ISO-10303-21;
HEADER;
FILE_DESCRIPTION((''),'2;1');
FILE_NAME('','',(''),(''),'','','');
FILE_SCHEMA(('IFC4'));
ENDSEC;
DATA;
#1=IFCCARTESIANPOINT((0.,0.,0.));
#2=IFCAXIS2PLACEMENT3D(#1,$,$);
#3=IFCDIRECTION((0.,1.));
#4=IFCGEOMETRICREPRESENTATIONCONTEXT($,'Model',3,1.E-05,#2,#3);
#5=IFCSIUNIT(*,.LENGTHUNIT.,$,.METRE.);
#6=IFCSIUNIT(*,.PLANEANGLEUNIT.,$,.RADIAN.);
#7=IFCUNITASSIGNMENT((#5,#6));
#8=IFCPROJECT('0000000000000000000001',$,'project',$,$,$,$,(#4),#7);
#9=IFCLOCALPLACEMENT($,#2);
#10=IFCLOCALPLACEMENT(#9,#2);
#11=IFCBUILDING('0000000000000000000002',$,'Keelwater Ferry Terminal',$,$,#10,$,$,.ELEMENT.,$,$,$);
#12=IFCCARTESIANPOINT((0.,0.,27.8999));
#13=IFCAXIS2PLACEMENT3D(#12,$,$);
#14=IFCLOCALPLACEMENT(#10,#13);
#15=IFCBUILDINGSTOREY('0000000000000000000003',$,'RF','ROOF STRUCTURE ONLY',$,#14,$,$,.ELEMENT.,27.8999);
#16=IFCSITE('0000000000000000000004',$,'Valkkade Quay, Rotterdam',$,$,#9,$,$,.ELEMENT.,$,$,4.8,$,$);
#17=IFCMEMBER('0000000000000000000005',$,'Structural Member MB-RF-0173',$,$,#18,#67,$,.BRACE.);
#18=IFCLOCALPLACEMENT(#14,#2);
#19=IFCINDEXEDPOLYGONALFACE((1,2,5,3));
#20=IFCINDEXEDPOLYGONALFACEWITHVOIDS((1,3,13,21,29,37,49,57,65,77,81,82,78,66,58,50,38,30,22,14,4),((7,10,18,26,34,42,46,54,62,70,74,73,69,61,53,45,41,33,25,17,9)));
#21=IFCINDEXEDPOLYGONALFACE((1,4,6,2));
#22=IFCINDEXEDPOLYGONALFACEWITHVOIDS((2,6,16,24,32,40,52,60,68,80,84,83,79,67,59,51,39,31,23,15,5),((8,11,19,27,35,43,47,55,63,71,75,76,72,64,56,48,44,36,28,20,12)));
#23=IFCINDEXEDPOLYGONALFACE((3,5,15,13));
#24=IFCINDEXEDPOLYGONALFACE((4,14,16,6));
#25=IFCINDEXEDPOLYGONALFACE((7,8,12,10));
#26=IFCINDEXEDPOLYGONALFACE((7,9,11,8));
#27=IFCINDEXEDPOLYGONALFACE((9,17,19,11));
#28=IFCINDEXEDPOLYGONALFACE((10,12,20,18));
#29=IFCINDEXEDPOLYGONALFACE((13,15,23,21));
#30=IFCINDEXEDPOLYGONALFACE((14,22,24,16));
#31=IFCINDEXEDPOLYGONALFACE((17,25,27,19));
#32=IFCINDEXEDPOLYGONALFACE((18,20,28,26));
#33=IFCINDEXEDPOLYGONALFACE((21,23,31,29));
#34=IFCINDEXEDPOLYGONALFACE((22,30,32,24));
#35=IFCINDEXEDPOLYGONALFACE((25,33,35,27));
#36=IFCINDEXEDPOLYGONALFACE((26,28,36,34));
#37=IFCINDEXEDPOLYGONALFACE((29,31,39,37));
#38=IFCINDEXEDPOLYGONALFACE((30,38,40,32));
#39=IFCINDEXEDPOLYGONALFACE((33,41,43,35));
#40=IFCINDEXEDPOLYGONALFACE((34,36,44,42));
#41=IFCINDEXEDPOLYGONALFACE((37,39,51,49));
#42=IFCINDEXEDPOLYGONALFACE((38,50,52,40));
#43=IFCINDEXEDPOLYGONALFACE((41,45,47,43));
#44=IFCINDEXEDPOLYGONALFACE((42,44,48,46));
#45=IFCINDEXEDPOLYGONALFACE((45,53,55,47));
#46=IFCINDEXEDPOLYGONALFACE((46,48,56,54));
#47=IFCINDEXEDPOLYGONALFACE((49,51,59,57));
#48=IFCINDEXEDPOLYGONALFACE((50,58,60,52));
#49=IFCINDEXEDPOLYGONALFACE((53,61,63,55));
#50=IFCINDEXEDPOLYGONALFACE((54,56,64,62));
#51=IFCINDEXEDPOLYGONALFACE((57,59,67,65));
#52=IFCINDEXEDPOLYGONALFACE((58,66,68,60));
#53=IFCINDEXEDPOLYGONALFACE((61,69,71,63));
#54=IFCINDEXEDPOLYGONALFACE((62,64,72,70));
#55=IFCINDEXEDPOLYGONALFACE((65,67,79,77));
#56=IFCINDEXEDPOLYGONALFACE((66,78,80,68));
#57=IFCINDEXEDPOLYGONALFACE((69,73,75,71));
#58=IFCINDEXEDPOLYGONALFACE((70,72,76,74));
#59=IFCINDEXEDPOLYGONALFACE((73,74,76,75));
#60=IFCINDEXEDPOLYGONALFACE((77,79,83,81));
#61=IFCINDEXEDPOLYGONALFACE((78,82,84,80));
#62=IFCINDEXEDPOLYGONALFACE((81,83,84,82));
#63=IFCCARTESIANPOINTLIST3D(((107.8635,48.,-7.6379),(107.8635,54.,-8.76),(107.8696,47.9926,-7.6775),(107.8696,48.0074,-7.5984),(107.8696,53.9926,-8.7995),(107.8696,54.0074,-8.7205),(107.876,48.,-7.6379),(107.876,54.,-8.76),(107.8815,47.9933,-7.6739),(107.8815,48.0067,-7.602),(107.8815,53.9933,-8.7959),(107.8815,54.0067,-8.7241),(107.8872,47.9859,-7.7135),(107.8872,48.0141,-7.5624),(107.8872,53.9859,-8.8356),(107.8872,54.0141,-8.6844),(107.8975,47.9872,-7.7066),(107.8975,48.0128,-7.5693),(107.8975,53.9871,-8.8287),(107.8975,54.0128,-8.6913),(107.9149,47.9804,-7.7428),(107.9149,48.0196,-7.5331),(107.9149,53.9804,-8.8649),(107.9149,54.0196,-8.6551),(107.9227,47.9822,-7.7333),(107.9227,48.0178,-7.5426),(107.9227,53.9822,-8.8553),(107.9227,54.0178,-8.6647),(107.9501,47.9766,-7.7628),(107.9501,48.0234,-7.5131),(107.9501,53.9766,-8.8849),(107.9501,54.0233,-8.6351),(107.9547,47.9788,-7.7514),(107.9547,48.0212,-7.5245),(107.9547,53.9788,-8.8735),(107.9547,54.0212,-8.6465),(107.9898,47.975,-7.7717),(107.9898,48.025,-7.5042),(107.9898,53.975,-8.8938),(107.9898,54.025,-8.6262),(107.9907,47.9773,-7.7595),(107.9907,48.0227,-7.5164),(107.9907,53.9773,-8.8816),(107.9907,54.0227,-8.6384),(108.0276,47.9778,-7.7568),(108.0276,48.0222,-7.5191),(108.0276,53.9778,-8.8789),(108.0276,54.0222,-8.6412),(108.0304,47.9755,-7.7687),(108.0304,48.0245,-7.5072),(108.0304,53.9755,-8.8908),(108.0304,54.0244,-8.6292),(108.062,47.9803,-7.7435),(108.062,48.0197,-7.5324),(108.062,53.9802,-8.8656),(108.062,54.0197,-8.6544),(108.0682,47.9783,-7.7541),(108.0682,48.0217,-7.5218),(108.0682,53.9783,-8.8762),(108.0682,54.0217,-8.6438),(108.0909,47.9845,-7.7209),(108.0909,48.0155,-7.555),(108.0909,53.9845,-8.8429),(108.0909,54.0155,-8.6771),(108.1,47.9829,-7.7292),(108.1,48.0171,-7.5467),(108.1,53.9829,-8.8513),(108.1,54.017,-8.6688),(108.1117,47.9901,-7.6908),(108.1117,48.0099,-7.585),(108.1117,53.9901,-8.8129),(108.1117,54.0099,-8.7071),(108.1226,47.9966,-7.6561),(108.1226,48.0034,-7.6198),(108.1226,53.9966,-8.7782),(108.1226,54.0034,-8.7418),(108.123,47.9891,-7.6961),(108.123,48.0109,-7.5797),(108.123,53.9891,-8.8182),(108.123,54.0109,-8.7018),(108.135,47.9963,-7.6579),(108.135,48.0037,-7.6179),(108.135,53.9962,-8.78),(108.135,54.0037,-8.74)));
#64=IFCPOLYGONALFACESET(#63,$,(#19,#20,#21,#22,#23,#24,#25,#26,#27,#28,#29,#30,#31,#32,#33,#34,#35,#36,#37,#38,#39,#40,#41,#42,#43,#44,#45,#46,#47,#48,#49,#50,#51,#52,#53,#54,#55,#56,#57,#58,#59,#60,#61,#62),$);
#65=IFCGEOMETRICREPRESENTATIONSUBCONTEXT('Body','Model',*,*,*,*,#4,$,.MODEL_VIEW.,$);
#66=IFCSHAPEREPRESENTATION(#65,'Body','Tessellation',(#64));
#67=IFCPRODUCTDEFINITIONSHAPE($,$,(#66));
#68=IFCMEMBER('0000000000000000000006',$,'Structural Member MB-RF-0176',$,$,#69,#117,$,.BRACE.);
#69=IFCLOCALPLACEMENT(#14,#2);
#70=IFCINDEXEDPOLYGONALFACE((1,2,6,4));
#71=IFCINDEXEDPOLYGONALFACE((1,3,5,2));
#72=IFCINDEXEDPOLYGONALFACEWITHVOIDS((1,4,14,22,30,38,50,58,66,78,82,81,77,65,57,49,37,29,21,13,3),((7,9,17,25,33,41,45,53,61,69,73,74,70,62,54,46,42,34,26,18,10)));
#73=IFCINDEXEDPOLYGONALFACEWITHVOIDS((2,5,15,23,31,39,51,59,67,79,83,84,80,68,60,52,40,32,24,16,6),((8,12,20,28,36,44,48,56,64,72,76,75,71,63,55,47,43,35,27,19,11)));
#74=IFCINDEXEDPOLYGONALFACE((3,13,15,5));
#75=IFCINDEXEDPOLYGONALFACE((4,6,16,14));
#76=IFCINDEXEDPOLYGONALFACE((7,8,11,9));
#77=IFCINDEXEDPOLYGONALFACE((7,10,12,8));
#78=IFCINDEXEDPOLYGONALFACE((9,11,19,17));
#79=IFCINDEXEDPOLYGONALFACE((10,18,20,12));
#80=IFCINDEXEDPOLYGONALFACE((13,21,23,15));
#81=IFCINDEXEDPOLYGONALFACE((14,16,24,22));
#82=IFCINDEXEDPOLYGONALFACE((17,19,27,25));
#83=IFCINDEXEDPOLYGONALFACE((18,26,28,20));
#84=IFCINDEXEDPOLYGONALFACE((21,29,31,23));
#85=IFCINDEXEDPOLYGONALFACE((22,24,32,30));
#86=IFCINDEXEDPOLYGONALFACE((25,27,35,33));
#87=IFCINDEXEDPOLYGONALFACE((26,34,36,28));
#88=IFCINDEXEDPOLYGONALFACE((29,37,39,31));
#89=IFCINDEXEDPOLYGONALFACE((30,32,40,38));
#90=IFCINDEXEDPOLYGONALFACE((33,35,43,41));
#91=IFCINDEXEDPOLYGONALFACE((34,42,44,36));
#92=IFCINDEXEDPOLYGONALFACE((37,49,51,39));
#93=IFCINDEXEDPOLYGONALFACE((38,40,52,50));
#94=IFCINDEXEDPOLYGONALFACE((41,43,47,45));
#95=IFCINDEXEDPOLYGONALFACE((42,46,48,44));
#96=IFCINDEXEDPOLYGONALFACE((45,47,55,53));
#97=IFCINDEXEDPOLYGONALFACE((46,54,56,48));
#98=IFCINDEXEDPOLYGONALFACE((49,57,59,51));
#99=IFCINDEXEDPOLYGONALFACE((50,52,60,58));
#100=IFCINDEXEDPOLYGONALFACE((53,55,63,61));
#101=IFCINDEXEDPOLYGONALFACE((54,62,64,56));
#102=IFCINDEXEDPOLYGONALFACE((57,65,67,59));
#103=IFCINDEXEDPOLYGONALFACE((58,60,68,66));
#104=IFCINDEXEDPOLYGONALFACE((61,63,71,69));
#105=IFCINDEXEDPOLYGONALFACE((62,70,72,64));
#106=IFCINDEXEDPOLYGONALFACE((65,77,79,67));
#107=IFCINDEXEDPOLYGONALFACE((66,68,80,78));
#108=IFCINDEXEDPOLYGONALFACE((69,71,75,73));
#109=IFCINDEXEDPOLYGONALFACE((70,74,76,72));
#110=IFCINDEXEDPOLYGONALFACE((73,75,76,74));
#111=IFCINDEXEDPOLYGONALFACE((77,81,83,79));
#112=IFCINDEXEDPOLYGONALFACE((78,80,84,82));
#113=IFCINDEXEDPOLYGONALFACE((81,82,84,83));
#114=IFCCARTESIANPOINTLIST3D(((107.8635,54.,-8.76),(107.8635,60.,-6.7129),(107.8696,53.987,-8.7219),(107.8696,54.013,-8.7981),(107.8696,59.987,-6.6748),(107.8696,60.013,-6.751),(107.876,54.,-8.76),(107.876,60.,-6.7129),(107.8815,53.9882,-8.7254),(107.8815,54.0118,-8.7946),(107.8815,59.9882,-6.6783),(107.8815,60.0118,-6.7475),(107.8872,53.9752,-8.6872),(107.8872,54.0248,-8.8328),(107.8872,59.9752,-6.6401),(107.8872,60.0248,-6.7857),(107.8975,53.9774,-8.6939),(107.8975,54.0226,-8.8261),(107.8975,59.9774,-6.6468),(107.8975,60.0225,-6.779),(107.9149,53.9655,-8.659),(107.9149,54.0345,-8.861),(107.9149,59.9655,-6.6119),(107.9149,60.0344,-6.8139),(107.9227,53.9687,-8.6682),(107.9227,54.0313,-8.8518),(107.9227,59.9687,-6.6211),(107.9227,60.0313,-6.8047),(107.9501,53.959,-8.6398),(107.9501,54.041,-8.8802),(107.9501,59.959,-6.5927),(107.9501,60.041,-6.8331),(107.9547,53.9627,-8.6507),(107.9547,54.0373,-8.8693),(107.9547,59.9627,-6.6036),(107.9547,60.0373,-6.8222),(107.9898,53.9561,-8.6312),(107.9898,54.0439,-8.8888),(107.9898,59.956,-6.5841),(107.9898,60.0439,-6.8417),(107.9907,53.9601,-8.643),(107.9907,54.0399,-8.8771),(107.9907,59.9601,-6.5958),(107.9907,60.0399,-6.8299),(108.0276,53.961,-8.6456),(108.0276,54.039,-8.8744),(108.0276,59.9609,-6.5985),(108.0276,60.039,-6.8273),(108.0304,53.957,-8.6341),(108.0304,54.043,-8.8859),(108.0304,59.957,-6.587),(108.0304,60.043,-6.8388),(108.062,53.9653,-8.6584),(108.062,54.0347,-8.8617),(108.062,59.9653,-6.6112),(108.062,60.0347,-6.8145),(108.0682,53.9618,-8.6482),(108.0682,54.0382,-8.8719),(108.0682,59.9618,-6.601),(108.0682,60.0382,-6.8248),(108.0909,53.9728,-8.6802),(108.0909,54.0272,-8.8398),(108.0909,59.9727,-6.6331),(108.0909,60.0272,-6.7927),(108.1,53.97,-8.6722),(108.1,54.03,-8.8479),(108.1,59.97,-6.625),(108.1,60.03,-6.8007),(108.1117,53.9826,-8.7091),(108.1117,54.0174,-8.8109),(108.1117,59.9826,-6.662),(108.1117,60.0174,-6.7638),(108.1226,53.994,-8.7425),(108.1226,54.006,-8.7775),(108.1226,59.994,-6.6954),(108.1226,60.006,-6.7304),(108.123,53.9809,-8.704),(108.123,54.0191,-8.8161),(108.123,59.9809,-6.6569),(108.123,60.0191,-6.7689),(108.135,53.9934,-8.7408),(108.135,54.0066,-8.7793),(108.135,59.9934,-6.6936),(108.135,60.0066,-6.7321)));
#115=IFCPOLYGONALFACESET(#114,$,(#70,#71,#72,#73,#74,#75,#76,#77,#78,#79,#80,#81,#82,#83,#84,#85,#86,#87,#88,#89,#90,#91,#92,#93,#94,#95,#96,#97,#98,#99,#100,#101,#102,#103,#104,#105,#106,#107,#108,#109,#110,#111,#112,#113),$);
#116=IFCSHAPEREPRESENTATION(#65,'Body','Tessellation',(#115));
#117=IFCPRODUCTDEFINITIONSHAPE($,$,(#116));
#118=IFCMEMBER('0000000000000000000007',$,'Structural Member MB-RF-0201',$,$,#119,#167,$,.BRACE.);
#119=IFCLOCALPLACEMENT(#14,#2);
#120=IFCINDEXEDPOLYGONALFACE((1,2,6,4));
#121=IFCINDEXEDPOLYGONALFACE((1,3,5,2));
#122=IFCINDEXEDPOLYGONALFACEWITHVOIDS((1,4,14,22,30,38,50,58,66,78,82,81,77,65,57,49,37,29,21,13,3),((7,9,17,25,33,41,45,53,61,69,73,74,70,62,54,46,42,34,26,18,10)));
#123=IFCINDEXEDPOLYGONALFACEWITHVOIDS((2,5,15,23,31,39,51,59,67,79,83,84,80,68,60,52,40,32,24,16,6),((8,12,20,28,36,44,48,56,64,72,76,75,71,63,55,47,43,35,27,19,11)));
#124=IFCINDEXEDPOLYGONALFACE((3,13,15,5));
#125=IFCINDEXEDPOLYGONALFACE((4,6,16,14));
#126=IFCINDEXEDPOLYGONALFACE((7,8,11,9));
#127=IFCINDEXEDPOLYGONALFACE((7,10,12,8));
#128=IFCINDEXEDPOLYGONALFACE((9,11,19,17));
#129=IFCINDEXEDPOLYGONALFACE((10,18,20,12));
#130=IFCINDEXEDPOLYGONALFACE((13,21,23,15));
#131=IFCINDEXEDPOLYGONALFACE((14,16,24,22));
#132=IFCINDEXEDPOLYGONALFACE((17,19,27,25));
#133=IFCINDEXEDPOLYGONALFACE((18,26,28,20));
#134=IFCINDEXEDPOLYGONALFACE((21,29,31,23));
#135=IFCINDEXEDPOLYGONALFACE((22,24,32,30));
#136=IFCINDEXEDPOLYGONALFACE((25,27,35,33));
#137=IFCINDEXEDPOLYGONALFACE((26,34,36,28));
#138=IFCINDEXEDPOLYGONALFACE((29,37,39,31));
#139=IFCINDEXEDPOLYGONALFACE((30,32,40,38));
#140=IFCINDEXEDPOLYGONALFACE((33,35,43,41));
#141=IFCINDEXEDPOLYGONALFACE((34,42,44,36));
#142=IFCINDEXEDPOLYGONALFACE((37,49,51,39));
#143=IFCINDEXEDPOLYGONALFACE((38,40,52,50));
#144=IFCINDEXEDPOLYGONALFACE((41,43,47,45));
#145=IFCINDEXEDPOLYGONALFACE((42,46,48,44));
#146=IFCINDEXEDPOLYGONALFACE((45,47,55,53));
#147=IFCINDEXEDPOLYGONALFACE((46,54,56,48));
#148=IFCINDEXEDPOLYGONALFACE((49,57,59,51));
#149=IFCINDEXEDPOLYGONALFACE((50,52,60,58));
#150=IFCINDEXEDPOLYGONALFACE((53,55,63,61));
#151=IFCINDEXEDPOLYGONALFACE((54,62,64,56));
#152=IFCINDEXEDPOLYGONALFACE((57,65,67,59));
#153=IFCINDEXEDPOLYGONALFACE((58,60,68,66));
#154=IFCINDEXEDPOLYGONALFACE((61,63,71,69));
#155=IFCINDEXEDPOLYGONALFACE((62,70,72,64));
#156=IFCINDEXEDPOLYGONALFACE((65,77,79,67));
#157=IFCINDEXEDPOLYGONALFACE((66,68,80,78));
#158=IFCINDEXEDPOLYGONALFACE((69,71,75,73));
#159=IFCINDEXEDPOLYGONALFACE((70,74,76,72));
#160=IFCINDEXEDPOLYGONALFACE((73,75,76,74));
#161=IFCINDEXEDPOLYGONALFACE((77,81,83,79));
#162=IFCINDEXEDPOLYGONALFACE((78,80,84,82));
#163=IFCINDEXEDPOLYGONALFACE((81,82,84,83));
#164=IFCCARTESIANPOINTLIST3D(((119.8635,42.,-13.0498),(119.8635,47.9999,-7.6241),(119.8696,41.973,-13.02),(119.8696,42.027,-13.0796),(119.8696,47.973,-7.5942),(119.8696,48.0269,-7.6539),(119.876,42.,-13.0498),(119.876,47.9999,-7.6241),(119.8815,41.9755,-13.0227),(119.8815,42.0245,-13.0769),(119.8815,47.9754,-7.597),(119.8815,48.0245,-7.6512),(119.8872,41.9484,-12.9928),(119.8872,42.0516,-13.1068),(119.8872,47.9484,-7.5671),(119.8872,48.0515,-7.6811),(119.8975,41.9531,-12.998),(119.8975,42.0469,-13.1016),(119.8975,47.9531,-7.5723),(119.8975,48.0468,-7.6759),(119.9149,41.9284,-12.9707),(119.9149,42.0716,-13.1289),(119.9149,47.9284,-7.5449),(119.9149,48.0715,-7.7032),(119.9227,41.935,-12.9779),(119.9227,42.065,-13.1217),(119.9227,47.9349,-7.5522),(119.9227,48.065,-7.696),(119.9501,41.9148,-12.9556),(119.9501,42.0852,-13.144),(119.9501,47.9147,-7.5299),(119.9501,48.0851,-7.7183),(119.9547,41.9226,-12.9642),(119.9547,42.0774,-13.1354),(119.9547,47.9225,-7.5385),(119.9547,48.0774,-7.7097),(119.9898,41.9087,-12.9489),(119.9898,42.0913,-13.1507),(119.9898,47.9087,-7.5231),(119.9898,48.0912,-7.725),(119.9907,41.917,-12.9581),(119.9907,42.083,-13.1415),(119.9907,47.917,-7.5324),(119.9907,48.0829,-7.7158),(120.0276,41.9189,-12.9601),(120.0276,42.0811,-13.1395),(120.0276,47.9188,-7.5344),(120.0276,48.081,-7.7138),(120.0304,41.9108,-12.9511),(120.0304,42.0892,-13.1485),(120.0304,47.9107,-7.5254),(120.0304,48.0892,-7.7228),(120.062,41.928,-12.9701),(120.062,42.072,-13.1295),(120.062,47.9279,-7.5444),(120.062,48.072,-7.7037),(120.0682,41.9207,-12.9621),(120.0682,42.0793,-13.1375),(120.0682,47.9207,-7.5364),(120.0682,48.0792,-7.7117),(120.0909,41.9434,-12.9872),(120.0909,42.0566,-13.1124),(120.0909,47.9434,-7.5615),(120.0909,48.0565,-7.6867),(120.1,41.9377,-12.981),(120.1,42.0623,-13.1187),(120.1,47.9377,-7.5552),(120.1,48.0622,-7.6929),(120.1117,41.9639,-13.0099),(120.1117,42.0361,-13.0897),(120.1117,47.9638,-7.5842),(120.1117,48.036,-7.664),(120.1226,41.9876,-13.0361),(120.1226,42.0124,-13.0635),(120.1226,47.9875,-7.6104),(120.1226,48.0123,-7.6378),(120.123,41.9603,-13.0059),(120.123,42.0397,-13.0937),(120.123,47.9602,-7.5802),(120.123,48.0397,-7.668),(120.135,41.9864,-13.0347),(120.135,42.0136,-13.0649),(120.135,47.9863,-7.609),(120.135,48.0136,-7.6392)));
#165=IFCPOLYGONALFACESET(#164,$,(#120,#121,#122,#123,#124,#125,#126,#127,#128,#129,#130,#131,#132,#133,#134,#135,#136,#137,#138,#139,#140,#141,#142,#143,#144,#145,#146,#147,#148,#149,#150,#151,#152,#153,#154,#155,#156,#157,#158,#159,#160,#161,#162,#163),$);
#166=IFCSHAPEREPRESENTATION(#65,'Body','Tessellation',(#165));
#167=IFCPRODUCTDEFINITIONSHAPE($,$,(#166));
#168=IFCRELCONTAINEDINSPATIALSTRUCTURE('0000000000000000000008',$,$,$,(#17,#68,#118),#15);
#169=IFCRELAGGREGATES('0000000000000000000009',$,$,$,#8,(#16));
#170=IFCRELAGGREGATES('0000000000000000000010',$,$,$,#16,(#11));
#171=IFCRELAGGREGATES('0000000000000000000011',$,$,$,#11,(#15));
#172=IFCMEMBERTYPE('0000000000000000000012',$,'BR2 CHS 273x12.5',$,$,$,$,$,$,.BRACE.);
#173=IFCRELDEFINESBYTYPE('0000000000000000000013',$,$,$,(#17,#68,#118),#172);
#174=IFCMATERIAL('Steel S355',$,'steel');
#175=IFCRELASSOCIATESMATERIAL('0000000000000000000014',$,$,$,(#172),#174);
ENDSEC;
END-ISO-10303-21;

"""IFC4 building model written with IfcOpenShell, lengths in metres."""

from ifc_helpers import new_model, si_unit, direction, frame, origin, origin_2d, place, context, subcontext, project, spatial, hollow_circle, extrude, material, material_profile, profile_set, type_object, element, save


model = new_model("IFC4")

# Units and contexts
model_context = context("Model", 3, precision=1e-05, world=origin(), true_north=direction((0.0, 1.0)))
body_context = subcontext(model_context, "Body", "Model", "MODEL_VIEW")
ifc_project = project(units=[si_unit("LENGTHUNIT", "METRE"), si_unit("PLANEANGLEUNIT", "RADIAN")], contexts=[model_context])

# Site, building, storey
site_placement = place(None, origin())
site = spatial("IfcSite", under=ifc_project, at=site_placement, Name="Valkkade Quay, Rotterdam", CompositionType="ELEMENT", RefElevation=4.8)
building_placement = place(site_placement, origin())
building = spatial("IfcBuilding", under=site, at=building_placement, Name="Keelwater Ferry Terminal", CompositionType="ELEMENT")
storey_placement = place(building_placement, frame((0.0, 0.0, 27.8999)))
storey = spatial("IfcBuildingStorey", under=building, at=storey_placement, Name="RF", Description="ROOF STRUCTURE ONLY", CompositionType="ELEMENT", Elevation=27.8999)

# Members
ifc_material_1 = material(Name="Steel S355", Category="steel")
ifc_material_profile_1 = material_profile(ifc_material_1, hollow_circle(Radius=0.1365, WallThickness=0.0125, at=origin_2d()), Name="CHS 273x12.5")
ifc_profile_set_1 = profile_set([ifc_material_profile_1], Name="Steel S355")
member_type_1 = type_object("IfcMemberType", Name="BR2 CHS 273x12.5", PredefinedType="BRACE", material=ifc_profile_set_1)
member_1_placement = place(storey_placement, frame((108.0, 48.0, -7.6379), z_axis=(0.0, 0.982959, -0.183825), x_axis=(-1.0, 0.0, 0.0)))
element("IfcMember", 1, at=member_1_placement, inside=storey, type_object=member_type_1, Name="Structural Member MB-RF-0173", PredefinedType="BRACE", context=body_context, shape_type="SweptSolid", body=[
    extrude(hollow_circle(Radius=0.1365, WallThickness=0.0125, at=origin_2d()), origin(), (0.0, 0.0, 1.0), 6.104),
])
member_2_placement = place(storey_placement, frame((108.0, 54.0, -8.76), z_axis=(0.0, 0.94643, 0.322909), x_axis=(-1.0, 0.0, 0.0)))
element("IfcMember", 2, at=member_2_placement, inside=storey, type_object=member_type_1, Name="Structural Member MB-RF-0176", PredefinedType="BRACE", context=body_context, shape_type="SweptSolid", body=[
    extrude(hollow_circle(Radius=0.1365, WallThickness=0.0125, at=origin_2d()), origin(), (0.0, 0.0, 1.0), 6.3396),
])
member_3_placement = place(storey_placement, frame((120.0, 42.0, -13.0498), z_axis=(0.0, 0.741707, 0.670724), x_axis=(-1.0, 0.0, 0.0)))
element("IfcMember", 3, at=member_3_placement, inside=storey, type_object=member_type_1, Name="Structural Member MB-RF-0201", PredefinedType="BRACE", context=body_context, shape_type="SweptSolid", body=[
    extrude(hollow_circle(Radius=0.1365, WallThickness=0.0125, at=origin_2d()), origin(), (0.0, 0.0, 1.0), 8.0894),
])

save(model, "model.ifc")
